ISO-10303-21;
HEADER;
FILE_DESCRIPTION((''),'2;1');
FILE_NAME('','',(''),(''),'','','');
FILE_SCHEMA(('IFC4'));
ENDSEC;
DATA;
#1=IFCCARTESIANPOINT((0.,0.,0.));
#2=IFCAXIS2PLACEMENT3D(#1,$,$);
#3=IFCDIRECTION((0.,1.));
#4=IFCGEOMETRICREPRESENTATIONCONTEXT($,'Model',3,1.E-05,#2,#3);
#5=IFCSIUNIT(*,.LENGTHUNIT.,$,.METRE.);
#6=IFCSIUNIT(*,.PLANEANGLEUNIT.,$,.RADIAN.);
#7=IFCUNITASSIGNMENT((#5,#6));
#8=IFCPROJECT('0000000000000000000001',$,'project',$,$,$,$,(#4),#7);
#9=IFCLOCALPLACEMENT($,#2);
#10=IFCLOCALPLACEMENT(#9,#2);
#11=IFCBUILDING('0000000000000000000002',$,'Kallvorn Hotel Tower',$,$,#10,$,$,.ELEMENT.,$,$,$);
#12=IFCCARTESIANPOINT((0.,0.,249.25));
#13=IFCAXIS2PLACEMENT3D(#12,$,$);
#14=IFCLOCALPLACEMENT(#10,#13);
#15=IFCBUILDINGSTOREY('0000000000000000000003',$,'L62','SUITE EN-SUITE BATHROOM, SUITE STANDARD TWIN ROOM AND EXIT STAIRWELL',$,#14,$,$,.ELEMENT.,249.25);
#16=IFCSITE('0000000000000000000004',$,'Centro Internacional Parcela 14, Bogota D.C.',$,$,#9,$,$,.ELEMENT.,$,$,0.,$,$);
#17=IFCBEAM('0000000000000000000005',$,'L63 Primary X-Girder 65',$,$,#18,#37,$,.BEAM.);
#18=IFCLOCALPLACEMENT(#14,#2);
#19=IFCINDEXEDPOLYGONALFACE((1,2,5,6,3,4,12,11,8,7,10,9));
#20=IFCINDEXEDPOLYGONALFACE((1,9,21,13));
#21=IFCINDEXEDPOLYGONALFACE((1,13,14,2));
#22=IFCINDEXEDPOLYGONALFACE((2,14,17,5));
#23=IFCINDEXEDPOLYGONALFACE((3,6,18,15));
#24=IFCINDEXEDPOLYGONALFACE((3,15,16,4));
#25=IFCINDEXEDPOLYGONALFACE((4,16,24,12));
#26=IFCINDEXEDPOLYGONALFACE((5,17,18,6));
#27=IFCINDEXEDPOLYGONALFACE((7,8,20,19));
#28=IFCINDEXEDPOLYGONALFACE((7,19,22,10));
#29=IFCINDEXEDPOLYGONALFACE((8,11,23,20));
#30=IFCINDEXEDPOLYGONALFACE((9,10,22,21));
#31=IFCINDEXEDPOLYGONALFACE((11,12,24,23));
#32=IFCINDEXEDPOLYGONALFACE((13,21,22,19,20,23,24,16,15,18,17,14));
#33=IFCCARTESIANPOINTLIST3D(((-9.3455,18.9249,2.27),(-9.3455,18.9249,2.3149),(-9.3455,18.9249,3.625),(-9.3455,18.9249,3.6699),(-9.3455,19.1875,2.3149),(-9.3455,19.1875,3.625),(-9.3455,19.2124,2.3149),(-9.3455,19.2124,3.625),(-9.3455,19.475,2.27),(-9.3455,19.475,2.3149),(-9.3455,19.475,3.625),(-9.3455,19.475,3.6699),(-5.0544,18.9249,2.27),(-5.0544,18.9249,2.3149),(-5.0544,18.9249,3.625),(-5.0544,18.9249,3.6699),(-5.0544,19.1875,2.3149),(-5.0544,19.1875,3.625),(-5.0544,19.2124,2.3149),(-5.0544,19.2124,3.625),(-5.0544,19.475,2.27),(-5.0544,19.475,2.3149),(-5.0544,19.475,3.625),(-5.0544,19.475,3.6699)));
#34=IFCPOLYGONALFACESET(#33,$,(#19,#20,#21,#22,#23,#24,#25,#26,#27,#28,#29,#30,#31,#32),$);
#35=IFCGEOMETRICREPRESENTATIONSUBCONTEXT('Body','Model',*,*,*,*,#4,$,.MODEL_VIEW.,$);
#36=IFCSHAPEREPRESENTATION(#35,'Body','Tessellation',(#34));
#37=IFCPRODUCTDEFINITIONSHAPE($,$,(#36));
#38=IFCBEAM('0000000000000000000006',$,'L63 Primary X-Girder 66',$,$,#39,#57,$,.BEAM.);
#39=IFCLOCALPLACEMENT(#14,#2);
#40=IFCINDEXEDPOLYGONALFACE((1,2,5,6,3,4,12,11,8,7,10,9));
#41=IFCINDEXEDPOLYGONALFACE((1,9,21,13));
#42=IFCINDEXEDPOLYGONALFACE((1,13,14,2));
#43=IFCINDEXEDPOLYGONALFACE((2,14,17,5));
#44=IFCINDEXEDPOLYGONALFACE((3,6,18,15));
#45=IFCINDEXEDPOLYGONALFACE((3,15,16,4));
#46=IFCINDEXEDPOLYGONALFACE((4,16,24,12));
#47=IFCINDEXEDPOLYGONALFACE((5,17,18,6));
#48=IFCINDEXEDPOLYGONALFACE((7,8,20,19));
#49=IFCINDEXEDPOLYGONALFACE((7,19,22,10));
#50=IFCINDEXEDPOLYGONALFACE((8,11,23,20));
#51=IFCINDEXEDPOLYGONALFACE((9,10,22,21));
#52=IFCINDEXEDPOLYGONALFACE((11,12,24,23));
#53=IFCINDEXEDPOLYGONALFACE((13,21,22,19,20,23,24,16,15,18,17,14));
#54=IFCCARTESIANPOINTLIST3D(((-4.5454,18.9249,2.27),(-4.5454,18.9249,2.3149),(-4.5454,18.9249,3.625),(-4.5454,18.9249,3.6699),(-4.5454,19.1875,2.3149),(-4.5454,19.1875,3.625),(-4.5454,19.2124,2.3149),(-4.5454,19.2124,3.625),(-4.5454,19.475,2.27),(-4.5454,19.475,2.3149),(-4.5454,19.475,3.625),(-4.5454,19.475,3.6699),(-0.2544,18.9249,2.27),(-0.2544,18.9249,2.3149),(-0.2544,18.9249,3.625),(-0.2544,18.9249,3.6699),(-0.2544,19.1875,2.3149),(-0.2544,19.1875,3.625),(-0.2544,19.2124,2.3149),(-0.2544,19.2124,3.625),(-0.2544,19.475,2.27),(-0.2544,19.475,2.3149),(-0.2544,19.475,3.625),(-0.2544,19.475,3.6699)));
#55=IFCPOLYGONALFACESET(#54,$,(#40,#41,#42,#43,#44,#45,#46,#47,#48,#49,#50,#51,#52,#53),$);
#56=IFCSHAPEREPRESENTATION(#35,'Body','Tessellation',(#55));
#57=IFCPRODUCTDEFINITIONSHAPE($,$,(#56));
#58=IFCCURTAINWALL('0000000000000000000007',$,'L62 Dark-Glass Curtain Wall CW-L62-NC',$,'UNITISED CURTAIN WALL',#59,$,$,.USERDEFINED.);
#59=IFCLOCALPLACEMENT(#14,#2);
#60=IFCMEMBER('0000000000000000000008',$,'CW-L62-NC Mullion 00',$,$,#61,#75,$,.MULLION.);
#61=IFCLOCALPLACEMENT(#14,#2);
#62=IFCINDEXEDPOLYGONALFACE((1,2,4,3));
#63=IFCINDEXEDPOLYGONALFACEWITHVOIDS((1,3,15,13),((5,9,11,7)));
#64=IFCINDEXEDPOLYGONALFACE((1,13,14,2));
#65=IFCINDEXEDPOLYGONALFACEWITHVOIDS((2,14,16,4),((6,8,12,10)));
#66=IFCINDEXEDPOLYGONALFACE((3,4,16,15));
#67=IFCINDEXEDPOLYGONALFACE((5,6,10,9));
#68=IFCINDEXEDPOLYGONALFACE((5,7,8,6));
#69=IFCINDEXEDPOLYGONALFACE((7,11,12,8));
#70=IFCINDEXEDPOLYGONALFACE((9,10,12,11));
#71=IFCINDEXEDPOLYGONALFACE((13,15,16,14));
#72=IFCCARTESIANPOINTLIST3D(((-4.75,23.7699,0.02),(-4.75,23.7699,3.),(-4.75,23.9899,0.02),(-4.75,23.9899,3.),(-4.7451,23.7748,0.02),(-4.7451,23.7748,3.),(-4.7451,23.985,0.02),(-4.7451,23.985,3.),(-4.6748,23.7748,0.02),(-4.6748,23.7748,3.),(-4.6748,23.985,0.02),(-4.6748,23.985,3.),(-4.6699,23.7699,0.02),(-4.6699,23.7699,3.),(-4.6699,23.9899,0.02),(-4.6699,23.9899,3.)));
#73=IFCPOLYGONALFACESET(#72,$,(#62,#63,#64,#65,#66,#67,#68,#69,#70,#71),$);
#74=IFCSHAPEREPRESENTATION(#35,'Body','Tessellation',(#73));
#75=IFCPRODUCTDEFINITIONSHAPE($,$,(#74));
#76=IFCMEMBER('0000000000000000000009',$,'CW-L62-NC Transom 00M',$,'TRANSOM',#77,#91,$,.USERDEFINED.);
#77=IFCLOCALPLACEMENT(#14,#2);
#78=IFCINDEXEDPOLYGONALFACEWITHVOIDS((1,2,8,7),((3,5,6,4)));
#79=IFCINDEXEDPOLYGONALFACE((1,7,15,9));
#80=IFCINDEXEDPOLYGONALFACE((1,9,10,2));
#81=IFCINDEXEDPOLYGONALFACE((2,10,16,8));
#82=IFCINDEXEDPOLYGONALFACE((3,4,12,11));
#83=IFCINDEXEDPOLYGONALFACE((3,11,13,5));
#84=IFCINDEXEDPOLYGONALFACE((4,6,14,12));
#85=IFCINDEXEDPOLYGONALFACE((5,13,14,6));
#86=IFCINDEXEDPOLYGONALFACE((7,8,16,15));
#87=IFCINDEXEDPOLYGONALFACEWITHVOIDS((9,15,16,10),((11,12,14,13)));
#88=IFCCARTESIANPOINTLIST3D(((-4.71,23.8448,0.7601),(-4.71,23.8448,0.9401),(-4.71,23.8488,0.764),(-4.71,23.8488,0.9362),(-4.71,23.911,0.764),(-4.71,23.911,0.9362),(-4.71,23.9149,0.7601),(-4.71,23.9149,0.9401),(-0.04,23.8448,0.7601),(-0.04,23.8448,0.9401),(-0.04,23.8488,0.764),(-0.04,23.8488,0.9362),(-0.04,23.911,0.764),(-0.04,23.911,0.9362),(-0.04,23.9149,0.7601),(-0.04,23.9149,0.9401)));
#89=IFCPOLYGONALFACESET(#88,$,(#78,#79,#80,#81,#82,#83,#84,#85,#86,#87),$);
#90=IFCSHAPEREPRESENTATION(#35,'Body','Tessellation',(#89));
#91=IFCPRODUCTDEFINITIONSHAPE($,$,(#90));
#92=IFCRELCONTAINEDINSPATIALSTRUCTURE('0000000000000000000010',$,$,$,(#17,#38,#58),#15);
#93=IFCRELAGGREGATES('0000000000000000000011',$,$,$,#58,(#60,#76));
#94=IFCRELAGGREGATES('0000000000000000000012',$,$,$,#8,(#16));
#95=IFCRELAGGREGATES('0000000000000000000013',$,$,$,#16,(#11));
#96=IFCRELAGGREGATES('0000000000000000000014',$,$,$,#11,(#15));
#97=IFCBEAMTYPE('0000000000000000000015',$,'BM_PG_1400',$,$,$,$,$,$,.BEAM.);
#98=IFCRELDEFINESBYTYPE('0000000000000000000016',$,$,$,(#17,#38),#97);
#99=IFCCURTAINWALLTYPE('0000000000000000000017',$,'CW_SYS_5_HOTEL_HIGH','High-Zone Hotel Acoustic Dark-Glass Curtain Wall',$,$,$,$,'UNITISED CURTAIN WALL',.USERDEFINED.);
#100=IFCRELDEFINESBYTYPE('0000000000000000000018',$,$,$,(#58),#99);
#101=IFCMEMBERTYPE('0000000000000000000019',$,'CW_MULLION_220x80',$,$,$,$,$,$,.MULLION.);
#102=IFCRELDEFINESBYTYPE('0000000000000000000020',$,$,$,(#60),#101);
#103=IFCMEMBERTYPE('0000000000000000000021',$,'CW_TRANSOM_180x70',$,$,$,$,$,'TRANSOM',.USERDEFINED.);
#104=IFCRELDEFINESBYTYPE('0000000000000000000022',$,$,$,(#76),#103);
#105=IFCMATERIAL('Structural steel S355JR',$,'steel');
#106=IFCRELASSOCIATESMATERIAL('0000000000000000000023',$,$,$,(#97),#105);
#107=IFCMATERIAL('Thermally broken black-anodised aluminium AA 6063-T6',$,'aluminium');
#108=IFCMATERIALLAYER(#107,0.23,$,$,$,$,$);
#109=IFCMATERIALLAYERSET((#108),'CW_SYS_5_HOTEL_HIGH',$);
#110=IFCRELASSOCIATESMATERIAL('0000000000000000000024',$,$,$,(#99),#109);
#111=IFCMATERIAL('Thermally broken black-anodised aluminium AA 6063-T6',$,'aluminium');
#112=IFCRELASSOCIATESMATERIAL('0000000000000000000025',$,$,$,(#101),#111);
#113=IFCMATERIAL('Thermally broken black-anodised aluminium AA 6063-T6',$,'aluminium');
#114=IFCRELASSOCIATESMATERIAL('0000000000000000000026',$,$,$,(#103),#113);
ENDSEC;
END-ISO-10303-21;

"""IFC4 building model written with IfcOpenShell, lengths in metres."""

from ifc_helpers import new_model, si_unit, direction, frame, origin, origin_2d, place, context, subcontext, project, spatial, hollow_rectangle, i_section, extrude, material, layer, layer_set, material_profile, profile_set, type_object, element, aggregate, save


model = new_model("IFC4")

# Units and contexts
model_context = context("Model", 3, precision=1e-05, world=origin(), true_north=direction((0.0, 1.0)))
body_context = subcontext(model_context, "Body", "Model", "MODEL_VIEW")
ifc_project = project(units=[si_unit("LENGTHUNIT", "METRE"), si_unit("PLANEANGLEUNIT", "RADIAN")], contexts=[model_context])

# Site, building, storey
site_placement = place(None, origin())
site = spatial("IfcSite", under=ifc_project, at=site_placement, Name="Centro Internacional Parcela 14, Bogota D.C.", CompositionType="ELEMENT", RefElevation=0.0)
building_placement = place(site_placement, origin())
building = spatial("IfcBuilding", under=site, at=building_placement, Name="Kallvorn Hotel Tower", CompositionType="ELEMENT")
storey_placement = place(building_placement, frame((0.0, 0.0, 249.25)))
storey = spatial("IfcBuildingStorey", under=building, at=storey_placement, Name="L62", Description="SUITE EN-SUITE BATHROOM, SUITE STANDARD TWIN ROOM AND EXIT STAIRWELL", CompositionType="ELEMENT", Elevation=249.25)

# Beams
ifc_material_1 = material(Name="Structural steel S355JR", Category="steel")
ifc_material_profile_1 = material_profile(ifc_material_1, i_section(OverallWidth=0.55, OverallDepth=1.3999, WebThickness=0.0249, FlangeThickness=0.0449, at=origin_2d()), Name="PG 1400x550x25x45")
ifc_profile_set_1 = profile_set([ifc_material_profile_1], Name="Structural steel S355JR")
beam_type_1 = type_object("IfcBeamType", Name="BM_PG_1400", PredefinedType="BEAM", material=ifc_profile_set_1)
for number, where, z_axis, x_axis, name in (
    (1, (-9.3455, 19.2, 2.97), (1.0, 0.0, 0.0), (0.0, 1.0, 0.0), "L63 Primary X-Girder 65"),
    (2, (-4.5454, 19.2, 2.97), (1.0, 0.0, 0.0), (0.0, 1.0, 0.0), "L63 Primary X-Girder 66"),
):
    element("IfcBeam", number, at=place(storey_placement, frame(where, z_axis=z_axis, x_axis=x_axis)), inside=storey, type_object=beam_type_1, Name=name, PredefinedType="BEAM", context=body_context, shape_type="SweptSolid", body=[
        extrude(i_section(OverallWidth=0.55, OverallDepth=1.3999, WebThickness=0.0249, FlangeThickness=0.0449, at=origin_2d()), origin(), (0.0, 0.0, 1.0), 4.291),
    ])

# Curtain wall, members
ifc_material_2 = material(Name="Thermally broken black-anodised aluminium AA 6063-T6", Category="aluminium")
ifc_layer = layer(ifc_material_2, 0.23)
ifc_layer_set = layer_set([ifc_layer], Name="CW_SYS_5_HOTEL_HIGH")
curtain_wall_type = type_object("IfcCurtainWallType", Name="CW_SYS_5_HOTEL_HIGH", Description="High-Zone Hotel Acoustic Dark-Glass Curtain Wall", ElementType="UNITISED CURTAIN WALL", PredefinedType="USERDEFINED", material=ifc_layer_set)
curtain_wall_placement = place(storey_placement, origin())
curtain_wall = element("IfcCurtainWall", 3, at=curtain_wall_placement, inside=storey, type_object=curtain_wall_type, Name="L62 Dark-Glass Curtain Wall CW-L62-NC", ObjectType="UNITISED CURTAIN WALL", PredefinedType="USERDEFINED")
ifc_material_3 = material(Name="Thermally broken black-anodised aluminium AA 6063-T6", Category="aluminium")
ifc_material_profile_2 = material_profile(ifc_material_3, hollow_rectangle(XDim=0.0801, YDim=0.22, WallThickness=0.0049, at=origin_2d()), Name="MUL 220x80")
ifc_profile_set_2 = profile_set([ifc_material_profile_2], Name="Thermally broken black-anodised aluminium AA 6063-T6")
member_type_1 = type_object("IfcMemberType", Name="CW_MULLION_220x80", PredefinedType="MULLION", material=ifc_profile_set_2)
member_1_placement = place(storey_placement, frame((-4.71, 23.8799, 0.02), z_axis=(0.0, 0.0, 1.0), x_axis=(1.0, 0.0, 0.0)))
member_1 = element("IfcMember", 4, at=member_1_placement, type_object=member_type_1, Name="CW-L62-NC Mullion 00", PredefinedType="MULLION", context=body_context, shape_type="SweptSolid", body=[
    extrude(hollow_rectangle(XDim=0.0801, YDim=0.22, WallThickness=0.0049, at=origin_2d()), origin(), (0.0, 0.0, 1.0), 2.98),
])
ifc_material_4 = material(Name="Thermally broken black-anodised aluminium AA 6063-T6", Category="aluminium")
ifc_material_profile_3 = material_profile(ifc_material_4, hollow_rectangle(XDim=0.0701, YDim=0.1799, WallThickness=0.0039, at=origin_2d()), Name="TRN 180x70")
ifc_profile_set_3 = profile_set([ifc_material_profile_3], Name="Thermally broken black-anodised aluminium AA 6063-T6")
member_type_2 = type_object("IfcMemberType", Name="CW_TRANSOM_180x70", ElementType="TRANSOM", PredefinedType="USERDEFINED", material=ifc_profile_set_3)
member_2_placement = place(storey_placement, frame((-4.71, 23.8799, 0.8501), z_axis=(1.0, 0.0, 0.0), x_axis=(0.0, 1.0, 0.0)))
member_2 = element("IfcMember", 5, at=member_2_placement, type_object=member_type_2, Name="CW-L62-NC Transom 00M", ObjectType="TRANSOM", PredefinedType="USERDEFINED", context=body_context, shape_type="SweptSolid", body=[
    extrude(hollow_rectangle(XDim=0.0701, YDim=0.1799, WallThickness=0.0039, at=origin_2d()), origin(), (0.0, 0.0, 1.0), 4.6699),
])
aggregate(curtain_wall, [member_1, member_2])

save(model, "model.ifc")
